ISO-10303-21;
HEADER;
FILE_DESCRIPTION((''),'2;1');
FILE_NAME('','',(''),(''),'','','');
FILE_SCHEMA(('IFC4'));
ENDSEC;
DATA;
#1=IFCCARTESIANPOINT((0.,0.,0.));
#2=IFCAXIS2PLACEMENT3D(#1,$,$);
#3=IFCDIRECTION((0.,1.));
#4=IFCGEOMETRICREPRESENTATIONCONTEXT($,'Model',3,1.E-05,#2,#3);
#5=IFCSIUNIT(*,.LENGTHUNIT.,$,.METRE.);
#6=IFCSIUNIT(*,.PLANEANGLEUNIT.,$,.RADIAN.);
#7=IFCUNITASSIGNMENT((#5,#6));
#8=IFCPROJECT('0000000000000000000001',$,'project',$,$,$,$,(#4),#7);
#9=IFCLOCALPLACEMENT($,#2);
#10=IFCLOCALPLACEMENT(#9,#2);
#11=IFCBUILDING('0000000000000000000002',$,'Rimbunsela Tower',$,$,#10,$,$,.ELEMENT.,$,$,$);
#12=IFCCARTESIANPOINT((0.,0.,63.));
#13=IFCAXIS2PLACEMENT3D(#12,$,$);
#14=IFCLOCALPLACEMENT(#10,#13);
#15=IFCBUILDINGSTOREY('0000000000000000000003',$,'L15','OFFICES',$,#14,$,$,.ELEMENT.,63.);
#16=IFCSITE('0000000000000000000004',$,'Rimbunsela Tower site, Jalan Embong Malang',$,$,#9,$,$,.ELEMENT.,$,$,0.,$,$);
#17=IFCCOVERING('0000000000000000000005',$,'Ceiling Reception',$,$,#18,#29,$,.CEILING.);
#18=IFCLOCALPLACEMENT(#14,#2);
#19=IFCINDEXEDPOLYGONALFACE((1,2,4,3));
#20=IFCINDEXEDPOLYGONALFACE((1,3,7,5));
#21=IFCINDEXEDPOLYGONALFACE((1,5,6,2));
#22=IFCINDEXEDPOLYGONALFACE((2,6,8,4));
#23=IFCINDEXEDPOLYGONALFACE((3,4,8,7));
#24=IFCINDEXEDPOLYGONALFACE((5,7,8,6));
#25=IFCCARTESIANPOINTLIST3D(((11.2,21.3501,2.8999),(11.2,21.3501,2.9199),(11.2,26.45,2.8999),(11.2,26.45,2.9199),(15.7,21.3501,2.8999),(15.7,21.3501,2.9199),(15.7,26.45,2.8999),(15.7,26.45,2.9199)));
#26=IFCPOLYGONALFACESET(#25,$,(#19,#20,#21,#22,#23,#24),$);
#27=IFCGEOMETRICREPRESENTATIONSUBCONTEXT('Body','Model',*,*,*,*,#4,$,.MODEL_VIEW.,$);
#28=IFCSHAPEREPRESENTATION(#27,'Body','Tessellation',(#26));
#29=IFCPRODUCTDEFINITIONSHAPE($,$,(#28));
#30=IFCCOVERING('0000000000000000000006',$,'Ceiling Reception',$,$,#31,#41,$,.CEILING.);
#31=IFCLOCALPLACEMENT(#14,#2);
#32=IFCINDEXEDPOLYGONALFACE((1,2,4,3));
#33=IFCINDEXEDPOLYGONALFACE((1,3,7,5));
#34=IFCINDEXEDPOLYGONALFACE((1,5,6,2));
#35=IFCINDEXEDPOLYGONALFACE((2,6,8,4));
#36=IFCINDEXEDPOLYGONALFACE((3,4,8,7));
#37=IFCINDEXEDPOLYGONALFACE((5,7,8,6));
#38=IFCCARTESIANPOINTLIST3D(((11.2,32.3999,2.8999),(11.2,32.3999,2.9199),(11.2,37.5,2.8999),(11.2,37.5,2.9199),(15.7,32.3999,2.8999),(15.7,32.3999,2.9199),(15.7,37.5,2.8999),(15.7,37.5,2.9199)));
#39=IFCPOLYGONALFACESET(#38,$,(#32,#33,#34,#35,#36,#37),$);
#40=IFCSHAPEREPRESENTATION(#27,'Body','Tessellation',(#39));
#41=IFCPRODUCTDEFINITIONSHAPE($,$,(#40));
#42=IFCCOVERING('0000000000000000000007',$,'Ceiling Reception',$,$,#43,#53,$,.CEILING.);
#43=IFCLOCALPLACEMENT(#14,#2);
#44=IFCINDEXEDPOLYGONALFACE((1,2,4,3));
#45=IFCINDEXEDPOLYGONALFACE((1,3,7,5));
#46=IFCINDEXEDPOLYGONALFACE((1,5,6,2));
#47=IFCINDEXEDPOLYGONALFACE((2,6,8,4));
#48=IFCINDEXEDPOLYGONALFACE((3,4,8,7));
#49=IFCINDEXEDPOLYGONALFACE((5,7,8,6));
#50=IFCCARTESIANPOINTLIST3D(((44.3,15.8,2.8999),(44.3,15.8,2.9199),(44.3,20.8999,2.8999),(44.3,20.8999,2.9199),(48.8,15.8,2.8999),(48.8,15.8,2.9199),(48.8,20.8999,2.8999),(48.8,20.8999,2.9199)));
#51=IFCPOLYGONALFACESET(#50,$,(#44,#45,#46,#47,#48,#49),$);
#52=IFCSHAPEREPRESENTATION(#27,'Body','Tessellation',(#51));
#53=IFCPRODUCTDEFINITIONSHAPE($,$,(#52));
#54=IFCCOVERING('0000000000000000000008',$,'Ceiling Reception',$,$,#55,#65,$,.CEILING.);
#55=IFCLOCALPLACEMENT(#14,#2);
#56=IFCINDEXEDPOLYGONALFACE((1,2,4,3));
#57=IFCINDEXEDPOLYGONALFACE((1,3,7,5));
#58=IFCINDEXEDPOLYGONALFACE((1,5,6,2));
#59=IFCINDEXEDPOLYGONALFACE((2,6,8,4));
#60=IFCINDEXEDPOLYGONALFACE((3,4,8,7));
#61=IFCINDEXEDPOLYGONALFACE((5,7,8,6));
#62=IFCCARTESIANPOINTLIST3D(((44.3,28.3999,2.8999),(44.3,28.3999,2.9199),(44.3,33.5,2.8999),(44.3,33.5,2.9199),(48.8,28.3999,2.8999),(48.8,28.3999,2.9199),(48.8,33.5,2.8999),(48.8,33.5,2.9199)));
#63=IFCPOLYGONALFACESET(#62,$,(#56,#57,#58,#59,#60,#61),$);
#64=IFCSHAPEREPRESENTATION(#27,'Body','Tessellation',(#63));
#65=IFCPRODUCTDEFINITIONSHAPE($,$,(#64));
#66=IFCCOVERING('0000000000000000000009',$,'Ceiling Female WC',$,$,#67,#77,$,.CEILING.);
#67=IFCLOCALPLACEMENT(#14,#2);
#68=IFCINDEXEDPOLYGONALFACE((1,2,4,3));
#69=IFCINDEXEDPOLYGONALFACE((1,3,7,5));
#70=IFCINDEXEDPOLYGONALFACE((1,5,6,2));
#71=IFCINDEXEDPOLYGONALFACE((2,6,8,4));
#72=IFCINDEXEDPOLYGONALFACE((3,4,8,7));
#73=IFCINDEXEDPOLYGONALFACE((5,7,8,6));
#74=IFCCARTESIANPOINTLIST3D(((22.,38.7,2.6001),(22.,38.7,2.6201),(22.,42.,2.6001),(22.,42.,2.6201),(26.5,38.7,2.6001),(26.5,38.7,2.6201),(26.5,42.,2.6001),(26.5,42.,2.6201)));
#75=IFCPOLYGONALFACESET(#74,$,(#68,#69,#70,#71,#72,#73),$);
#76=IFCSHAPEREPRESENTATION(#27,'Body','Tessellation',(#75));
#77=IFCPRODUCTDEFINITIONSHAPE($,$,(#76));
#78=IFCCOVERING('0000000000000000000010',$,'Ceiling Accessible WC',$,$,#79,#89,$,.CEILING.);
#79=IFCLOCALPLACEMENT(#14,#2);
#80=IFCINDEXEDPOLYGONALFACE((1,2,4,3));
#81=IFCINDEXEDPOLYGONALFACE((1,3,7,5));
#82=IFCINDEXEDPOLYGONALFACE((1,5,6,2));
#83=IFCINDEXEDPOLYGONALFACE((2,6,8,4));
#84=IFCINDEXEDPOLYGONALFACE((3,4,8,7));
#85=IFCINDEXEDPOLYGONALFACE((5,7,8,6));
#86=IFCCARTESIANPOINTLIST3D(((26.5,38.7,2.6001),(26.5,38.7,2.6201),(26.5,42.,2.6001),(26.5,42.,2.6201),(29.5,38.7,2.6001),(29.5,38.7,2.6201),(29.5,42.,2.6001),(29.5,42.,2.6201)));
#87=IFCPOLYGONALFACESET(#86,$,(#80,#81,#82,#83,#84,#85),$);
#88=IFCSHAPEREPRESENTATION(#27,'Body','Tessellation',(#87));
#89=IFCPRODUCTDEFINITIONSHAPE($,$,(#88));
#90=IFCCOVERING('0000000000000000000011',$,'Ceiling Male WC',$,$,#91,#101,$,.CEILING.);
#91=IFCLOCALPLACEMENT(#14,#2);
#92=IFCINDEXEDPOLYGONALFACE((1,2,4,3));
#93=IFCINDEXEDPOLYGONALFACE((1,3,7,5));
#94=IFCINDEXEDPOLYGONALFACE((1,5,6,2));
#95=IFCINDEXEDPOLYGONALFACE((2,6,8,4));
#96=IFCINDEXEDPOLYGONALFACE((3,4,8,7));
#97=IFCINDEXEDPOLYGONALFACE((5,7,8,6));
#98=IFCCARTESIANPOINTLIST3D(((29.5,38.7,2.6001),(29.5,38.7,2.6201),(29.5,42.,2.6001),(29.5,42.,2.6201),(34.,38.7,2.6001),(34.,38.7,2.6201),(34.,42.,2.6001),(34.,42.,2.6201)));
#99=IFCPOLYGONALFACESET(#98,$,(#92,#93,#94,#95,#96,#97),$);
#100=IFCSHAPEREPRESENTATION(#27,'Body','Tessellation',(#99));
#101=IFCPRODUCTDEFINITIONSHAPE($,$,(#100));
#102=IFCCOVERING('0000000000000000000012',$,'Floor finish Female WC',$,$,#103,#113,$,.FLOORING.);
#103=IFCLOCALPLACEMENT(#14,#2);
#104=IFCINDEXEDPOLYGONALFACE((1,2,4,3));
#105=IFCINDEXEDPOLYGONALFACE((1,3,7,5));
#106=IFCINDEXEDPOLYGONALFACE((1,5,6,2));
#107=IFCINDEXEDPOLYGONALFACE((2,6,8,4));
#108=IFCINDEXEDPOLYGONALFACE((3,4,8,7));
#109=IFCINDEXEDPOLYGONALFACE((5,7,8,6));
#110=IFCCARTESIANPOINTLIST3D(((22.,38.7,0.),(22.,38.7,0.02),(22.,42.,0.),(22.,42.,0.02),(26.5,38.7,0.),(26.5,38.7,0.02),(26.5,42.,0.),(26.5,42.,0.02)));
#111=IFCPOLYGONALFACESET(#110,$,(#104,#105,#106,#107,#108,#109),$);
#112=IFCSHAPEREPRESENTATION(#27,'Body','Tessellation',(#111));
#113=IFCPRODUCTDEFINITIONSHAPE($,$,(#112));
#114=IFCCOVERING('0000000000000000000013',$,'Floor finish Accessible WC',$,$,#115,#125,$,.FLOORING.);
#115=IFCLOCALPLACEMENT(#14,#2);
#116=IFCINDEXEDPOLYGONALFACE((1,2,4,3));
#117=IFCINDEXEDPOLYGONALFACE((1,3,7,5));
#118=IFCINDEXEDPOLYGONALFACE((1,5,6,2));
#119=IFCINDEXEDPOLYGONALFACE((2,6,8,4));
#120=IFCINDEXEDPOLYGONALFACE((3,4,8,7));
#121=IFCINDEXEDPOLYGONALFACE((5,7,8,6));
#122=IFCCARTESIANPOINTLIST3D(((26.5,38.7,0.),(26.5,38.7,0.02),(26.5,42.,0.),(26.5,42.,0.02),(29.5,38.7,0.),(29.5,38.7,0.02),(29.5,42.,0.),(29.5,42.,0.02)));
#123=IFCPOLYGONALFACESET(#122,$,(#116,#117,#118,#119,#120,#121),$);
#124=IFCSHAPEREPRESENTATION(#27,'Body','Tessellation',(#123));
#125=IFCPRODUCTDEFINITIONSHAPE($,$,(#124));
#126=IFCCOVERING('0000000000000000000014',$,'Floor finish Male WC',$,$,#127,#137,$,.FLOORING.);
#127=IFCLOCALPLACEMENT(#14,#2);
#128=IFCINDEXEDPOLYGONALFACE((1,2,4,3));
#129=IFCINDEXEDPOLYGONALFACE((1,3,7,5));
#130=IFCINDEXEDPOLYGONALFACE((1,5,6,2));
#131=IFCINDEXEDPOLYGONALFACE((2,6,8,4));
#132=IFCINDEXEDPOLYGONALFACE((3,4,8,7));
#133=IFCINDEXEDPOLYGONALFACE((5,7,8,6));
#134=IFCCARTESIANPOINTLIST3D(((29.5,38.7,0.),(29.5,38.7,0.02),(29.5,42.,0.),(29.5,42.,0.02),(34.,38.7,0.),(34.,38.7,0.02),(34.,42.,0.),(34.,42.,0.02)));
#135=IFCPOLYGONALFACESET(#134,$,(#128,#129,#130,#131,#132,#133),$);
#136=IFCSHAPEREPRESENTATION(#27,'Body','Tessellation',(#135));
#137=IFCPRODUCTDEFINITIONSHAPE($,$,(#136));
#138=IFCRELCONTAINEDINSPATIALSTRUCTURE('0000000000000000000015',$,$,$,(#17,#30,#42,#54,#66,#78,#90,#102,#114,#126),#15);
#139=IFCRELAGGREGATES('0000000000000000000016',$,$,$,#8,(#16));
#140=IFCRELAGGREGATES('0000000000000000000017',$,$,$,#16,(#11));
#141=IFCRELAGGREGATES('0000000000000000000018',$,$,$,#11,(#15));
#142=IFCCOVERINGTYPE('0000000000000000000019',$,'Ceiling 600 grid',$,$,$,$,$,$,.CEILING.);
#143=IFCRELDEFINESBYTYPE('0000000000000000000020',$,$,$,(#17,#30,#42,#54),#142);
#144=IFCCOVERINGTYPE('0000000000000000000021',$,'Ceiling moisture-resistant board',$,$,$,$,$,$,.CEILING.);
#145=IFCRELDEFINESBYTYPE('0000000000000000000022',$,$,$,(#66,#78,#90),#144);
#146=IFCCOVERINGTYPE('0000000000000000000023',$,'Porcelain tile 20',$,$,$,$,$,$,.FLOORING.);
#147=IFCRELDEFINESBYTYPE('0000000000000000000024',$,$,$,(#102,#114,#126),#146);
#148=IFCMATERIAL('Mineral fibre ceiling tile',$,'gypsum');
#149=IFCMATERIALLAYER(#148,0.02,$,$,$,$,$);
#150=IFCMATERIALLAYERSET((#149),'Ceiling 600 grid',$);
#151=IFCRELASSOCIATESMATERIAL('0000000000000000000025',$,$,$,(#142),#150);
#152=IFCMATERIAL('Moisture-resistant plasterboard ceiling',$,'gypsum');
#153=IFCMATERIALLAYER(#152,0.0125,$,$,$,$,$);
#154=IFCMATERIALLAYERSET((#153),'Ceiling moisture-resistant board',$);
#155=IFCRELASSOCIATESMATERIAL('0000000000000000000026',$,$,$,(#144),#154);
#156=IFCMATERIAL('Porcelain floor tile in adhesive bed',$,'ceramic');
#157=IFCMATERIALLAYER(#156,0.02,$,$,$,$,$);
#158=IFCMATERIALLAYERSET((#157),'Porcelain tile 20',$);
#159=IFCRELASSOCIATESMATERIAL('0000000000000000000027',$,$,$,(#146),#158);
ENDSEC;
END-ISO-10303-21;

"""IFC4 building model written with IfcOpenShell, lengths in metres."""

from ifc_helpers import new_model, si_unit, direction, frame, origin, place, context, subcontext, project, spatial, polyline, outline, extrude, material, layer, layer_set, type_object, element, save


model = new_model("IFC4")

# Units and contexts
model_context = context("Model", 3, precision=1e-05, world=origin(), true_north=direction((0.0, 1.0)))
body_context = subcontext(model_context, "Body", "Model", "MODEL_VIEW")
ifc_project = project(units=[si_unit("LENGTHUNIT", "METRE"), si_unit("PLANEANGLEUNIT", "RADIAN")], contexts=[model_context])

# Site, building, storey
site_placement = place(None, origin())
site = spatial("IfcSite", under=ifc_project, at=site_placement, Name="Rimbunsela Tower site, Jalan Embong Malang", CompositionType="ELEMENT", RefElevation=0.0)
building_placement = place(site_placement, origin())
building = spatial("IfcBuilding", under=site, at=building_placement, Name="Rimbunsela Tower", CompositionType="ELEMENT")
storey_placement = place(building_placement, frame((0.0, 0.0, 63.0)))
storey = spatial("IfcBuildingStorey", under=building, at=storey_placement, Name="L15", Description="OFFICES", CompositionType="ELEMENT", Elevation=63.0)

# Coverings
ifc_material_1 = material(Name="Mineral fibre ceiling tile", Category="gypsum")
ifc_layer_1 = layer(ifc_material_1, 0.02)
ifc_layer_set_1 = layer_set([ifc_layer_1], Name="Ceiling 600 grid")
covering_type_1 = type_object("IfcCoveringType", Name="Ceiling 600 grid", PredefinedType="CEILING", material=ifc_layer_set_1)
covering_1_placement = place(storey_placement, frame((0.0, 0.0, 2.8999)))
element("IfcCovering", 1, at=covering_1_placement, inside=storey, type_object=covering_type_1, Name="Ceiling Reception", PredefinedType="CEILING", context=body_context, shape_type="SweptSolid", body=[
    extrude(outline(polyline([(15.7, 21.3501), (15.7, 26.45), (11.2, 26.45), (11.2, 21.3501), (15.7, 21.3501)])), origin(), (0.0, 0.0, 1.0), 0.02),
])
covering_2_placement = place(storey_placement, frame((0.0, 0.0, 2.8999)))
element("IfcCovering", 2, at=covering_2_placement, inside=storey, type_object=covering_type_1, Name="Ceiling Reception", PredefinedType="CEILING", context=body_context, shape_type="SweptSolid", body=[
    extrude(outline(polyline([(15.7, 32.3999), (15.7, 37.5), (11.2, 37.5), (11.2, 32.3999), (15.7, 32.3999)])), origin(), (0.0, 0.0, 1.0), 0.02),
])
covering_3_placement = place(storey_placement, frame((0.0, 0.0, 2.8999)))
element("IfcCovering", 3, at=covering_3_placement, inside=storey, type_object=covering_type_1, Name="Ceiling Reception", PredefinedType="CEILING", context=body_context, shape_type="SweptSolid", body=[
    extrude(outline(polyline([(48.8, 15.8), (48.8, 20.8999), (44.3, 20.8999), (44.3, 15.8), (48.8, 15.8)])), origin(), (0.0, 0.0, 1.0), 0.02),
])
covering_4_placement = place(storey_placement, frame((0.0, 0.0, 2.8999)))
element("IfcCovering", 4, at=covering_4_placement, inside=storey, type_object=covering_type_1, Name="Ceiling Reception", PredefinedType="CEILING", context=body_context, shape_type="SweptSolid", body=[
    extrude(outline(polyline([(48.8, 28.3999), (48.8, 33.5), (44.3, 33.5), (44.3, 28.3999), (48.8, 28.3999)])), origin(), (0.0, 0.0, 1.0), 0.02),
])
ifc_material_2 = material(Name="Moisture-resistant plasterboard ceiling", Category="gypsum")
ifc_layer_2 = layer(ifc_material_2, 0.0125)
ifc_layer_set_2 = layer_set([ifc_layer_2], Name="Ceiling moisture-resistant board")
covering_type_2 = type_object("IfcCoveringType", Name="Ceiling moisture-resistant board", PredefinedType="CEILING", material=ifc_layer_set_2)
covering_5_placement = place(storey_placement, frame((0.0, 0.0, 2.6001)))
element("IfcCovering", 5, at=covering_5_placement, inside=storey, type_object=covering_type_2, Name="Ceiling Female WC", PredefinedType="CEILING", context=body_context, shape_type="SweptSolid", body=[
    extrude(outline(polyline([(26.5, 38.7), (26.5, 42.0), (22.0, 42.0), (22.0, 38.7), (26.5, 38.7)])), origin(), (0.0, 0.0, 1.0), 0.02),
])
covering_6_placement = place(storey_placement, frame((0.0, 0.0, 2.6001)))
element("IfcCovering", 6, at=covering_6_placement, inside=storey, type_object=covering_type_2, Name="Ceiling Accessible WC", PredefinedType="CEILING", context=body_context, shape_type="SweptSolid", body=[
    extrude(outline(polyline([(29.5, 38.7), (29.5, 42.0), (26.5, 42.0), (26.5, 38.7), (29.5, 38.7)])), origin(), (0.0, 0.0, 1.0), 0.02),
])
covering_7_placement = place(storey_placement, frame((0.0, 0.0, 2.6001)))
element("IfcCovering", 7, at=covering_7_placement, inside=storey, type_object=covering_type_2, Name="Ceiling Male WC", PredefinedType="CEILING", context=body_context, shape_type="SweptSolid", body=[
    extrude(outline(polyline([(34.0, 38.7), (34.0, 42.0), (29.5, 42.0), (29.5, 38.7), (34.0, 38.7)])), origin(), (0.0, 0.0, 1.0), 0.02),
])
ifc_material_3 = material(Name="Porcelain floor tile in adhesive bed", Category="ceramic")
ifc_layer_3 = layer(ifc_material_3, 0.02)
ifc_layer_set_3 = layer_set([ifc_layer_3], Name="Porcelain tile 20")
covering_type_3 = type_object("IfcCoveringType", Name="Porcelain tile 20", PredefinedType="FLOORING", material=ifc_layer_set_3)
covering_8_placement = place(storey_placement, origin())
element("IfcCovering", 8, at=covering_8_placement, inside=storey, type_object=covering_type_3, Name="Floor finish Female WC", PredefinedType="FLOORING", context=body_context, shape_type="SweptSolid", body=[
    extrude(outline(polyline([(26.5, 38.7), (26.5, 42.0), (22.0, 42.0), (22.0, 38.7), (26.5, 38.7)])), origin(), (0.0, 0.0, 1.0), 0.02),
])
covering_9_placement = place(storey_placement, origin())
element("IfcCovering", 9, at=covering_9_placement, inside=storey, type_object=covering_type_3, Name="Floor finish Accessible WC", PredefinedType="FLOORING", context=body_context, shape_type="SweptSolid", body=[
    extrude(outline(polyline([(29.5, 38.7), (29.5, 42.0), (26.5, 42.0), (26.5, 38.7), (29.5, 38.7)])), origin(), (0.0, 0.0, 1.0), 0.02),
])
covering_10_placement = place(storey_placement, origin())
element("IfcCovering", 10, at=covering_10_placement, inside=storey, type_object=covering_type_3, Name="Floor finish Male WC", PredefinedType="FLOORING", context=body_context, shape_type="SweptSolid", body=[
    extrude(outline(polyline([(34.0, 38.7), (34.0, 42.0), (29.5, 42.0), (29.5, 38.7), (34.0, 38.7)])), origin(), (0.0, 0.0, 1.0), 0.02),
])

save(model, "model.ifc")
